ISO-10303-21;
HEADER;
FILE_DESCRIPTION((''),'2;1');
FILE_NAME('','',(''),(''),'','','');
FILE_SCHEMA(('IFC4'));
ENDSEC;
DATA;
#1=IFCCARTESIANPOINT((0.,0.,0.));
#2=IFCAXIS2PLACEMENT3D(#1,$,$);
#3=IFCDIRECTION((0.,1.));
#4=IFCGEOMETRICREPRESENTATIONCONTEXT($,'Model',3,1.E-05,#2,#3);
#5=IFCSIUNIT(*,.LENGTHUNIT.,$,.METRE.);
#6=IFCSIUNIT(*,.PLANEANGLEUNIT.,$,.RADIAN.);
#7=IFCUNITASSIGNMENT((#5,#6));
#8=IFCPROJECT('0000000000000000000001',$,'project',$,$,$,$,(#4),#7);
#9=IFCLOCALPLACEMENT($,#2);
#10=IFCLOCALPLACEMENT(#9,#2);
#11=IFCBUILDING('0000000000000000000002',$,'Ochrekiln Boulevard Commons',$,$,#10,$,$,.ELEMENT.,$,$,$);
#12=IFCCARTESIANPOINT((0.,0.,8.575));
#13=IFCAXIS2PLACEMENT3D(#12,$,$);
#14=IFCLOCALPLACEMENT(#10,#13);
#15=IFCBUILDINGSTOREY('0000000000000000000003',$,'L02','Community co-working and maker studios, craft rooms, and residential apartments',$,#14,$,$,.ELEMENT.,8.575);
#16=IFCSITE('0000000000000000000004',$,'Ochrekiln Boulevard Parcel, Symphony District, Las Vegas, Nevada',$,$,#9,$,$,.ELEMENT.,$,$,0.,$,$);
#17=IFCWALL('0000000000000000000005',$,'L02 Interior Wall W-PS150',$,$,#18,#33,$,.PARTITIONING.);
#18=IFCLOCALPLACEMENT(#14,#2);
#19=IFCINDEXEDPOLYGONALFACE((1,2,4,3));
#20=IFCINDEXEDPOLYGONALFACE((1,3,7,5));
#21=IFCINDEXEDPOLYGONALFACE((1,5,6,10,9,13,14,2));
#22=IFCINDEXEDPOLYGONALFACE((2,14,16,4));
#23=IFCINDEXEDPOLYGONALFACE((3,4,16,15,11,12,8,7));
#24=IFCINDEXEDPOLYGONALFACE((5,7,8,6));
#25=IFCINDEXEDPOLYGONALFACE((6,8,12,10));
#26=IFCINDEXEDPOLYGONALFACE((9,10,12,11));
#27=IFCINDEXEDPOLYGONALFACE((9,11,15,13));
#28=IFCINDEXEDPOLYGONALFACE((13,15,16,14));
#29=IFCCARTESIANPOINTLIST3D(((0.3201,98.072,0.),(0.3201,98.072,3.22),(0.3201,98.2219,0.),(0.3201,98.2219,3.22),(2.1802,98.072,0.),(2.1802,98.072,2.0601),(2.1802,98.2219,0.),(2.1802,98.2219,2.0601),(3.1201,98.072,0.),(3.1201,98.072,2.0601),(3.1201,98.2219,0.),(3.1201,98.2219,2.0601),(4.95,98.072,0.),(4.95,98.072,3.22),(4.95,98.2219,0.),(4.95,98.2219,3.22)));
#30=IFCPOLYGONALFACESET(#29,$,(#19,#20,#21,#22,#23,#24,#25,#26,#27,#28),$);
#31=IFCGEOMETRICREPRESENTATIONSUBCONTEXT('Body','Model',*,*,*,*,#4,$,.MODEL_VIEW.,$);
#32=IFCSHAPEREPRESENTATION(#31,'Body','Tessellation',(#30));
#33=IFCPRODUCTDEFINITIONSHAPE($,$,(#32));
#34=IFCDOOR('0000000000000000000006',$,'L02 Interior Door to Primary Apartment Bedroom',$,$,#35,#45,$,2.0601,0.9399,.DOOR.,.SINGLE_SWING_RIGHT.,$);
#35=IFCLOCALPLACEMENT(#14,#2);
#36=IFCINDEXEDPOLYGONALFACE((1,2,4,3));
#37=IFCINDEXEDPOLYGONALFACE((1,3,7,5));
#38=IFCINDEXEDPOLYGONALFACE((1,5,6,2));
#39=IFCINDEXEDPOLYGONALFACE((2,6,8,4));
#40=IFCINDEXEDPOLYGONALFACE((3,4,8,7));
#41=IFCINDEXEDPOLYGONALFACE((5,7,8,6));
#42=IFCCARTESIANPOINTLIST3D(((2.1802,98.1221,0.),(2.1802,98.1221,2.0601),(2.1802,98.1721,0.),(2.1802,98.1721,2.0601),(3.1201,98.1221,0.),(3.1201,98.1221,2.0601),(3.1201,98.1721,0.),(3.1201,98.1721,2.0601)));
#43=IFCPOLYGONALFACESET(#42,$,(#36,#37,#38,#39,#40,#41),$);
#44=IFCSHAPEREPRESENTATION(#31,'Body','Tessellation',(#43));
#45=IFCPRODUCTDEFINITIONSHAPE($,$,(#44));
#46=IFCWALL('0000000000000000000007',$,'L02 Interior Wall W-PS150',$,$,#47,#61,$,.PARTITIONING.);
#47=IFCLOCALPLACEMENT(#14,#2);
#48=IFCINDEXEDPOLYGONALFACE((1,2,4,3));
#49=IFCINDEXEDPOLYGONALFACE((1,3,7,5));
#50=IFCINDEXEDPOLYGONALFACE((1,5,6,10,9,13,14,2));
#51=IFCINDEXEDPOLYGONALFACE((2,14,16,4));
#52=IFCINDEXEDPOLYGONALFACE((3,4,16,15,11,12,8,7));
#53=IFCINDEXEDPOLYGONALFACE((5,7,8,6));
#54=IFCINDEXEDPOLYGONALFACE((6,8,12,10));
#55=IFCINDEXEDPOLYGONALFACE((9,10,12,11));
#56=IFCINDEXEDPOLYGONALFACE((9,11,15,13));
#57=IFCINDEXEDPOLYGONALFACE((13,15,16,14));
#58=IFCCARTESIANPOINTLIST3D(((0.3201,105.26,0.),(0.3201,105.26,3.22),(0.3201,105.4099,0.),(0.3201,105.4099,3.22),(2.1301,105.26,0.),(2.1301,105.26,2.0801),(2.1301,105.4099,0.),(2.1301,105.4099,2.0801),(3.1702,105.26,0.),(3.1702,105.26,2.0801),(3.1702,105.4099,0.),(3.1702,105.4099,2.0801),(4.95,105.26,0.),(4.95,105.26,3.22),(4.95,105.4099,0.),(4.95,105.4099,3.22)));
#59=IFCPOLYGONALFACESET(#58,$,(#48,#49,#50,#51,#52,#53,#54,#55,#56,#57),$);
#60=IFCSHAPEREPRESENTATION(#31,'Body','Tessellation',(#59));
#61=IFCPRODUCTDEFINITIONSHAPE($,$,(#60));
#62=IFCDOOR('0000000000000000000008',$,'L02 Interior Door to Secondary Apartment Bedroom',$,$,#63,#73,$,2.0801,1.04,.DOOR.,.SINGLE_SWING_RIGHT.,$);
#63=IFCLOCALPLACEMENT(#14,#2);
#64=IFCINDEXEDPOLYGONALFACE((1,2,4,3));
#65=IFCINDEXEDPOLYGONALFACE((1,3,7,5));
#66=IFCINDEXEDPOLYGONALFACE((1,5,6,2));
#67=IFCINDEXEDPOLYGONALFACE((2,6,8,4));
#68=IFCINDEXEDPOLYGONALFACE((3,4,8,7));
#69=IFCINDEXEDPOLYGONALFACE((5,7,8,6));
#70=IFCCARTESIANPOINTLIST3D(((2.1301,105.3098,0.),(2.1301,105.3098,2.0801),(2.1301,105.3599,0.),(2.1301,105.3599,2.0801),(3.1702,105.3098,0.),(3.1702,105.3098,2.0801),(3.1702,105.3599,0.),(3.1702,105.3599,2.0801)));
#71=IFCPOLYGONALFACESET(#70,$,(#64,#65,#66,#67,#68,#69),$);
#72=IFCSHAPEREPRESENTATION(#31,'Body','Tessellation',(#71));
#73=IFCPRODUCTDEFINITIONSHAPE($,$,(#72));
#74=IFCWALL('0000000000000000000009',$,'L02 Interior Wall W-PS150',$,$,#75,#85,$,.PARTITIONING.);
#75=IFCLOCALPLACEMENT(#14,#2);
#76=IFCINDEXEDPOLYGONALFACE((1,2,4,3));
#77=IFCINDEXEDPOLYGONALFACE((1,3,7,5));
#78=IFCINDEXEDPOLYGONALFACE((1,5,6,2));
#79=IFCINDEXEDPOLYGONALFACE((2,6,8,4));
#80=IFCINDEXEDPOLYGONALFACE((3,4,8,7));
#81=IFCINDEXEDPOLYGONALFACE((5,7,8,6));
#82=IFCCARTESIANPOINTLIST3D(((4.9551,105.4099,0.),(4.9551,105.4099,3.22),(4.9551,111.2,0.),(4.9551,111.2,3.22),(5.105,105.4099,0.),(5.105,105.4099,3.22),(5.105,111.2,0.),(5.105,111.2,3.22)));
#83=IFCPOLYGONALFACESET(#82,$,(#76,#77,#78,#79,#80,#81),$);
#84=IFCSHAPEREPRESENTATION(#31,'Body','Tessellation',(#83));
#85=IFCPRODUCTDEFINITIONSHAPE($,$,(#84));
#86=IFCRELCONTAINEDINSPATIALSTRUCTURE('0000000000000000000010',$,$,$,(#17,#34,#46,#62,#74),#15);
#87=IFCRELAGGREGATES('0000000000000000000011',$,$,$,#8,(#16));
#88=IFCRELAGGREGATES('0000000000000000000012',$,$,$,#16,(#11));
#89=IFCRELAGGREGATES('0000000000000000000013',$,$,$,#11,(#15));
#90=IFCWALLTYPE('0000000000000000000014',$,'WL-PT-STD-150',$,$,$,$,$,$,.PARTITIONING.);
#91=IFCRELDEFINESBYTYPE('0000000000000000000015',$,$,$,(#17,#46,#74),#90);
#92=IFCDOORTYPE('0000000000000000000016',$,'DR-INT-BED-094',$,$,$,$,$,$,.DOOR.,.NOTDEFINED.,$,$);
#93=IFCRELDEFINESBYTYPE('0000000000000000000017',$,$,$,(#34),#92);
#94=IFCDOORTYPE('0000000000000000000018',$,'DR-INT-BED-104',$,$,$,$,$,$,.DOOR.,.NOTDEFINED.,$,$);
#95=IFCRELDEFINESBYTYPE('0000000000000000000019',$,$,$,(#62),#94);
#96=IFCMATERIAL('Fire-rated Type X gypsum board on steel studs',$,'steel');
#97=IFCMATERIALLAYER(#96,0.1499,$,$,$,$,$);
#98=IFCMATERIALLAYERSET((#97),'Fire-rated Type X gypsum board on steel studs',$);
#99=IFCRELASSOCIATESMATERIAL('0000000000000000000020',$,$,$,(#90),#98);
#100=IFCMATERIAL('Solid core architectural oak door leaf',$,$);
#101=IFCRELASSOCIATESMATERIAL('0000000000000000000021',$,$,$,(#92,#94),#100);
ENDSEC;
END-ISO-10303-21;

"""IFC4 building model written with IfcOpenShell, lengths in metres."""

from ifc_helpers import new_model, si_unit, direction, frame, frame_2d, origin, place, context, subcontext, project, spatial, rectangle, extrude, material, layer, layer_set, type_object, element, fill, save


model = new_model("IFC4")

# Units and contexts
model_context = context("Model", 3, precision=1e-05, world=origin(), true_north=direction((0.0, 1.0)))
body_context = subcontext(model_context, "Body", "Model", "MODEL_VIEW")
ifc_project = project(units=[si_unit("LENGTHUNIT", "METRE"), si_unit("PLANEANGLEUNIT", "RADIAN")], contexts=[model_context])

# Site, building, storey
site_placement = place(None, origin())
site = spatial("IfcSite", under=ifc_project, at=site_placement, Name="Ochrekiln Boulevard Parcel, Symphony District, Las Vegas, Nevada", CompositionType="ELEMENT", RefElevation=0.0)
building_placement = place(site_placement, origin())
building = spatial("IfcBuilding", under=site, at=building_placement, Name="Ochrekiln Boulevard Commons", CompositionType="ELEMENT")
storey_placement = place(building_placement, frame((0.0, 0.0, 8.575)))
storey = spatial("IfcBuildingStorey", under=building, at=storey_placement, Name="L02", Description="Community co-working and maker studios, craft rooms, and residential apartments", CompositionType="ELEMENT", Elevation=8.575)

# Walls, openings, doors
ifc_material_1 = material(Name="Fire-rated Type X gypsum board on steel studs", Category="steel")
ifc_material_2 = material(Name="Solid core architectural oak door leaf")
ifc_layer_1 = layer(ifc_material_1, 0.1499)
ifc_layer_set_1 = layer_set([ifc_layer_1], Name="Fire-rated Type X gypsum board on steel studs")
wall_type_1 = type_object("IfcWallType", Name="WL-PT-STD-150", PredefinedType="PARTITIONING", material=ifc_layer_set_1)
wall_1_placement = place(storey_placement, frame((0.3201, 98.147, 0.0), z_axis=(0.0, 0.0, 1.0), x_axis=(1.0, 0.0, 0.0)))
wall_1 = element("IfcWall", 1, at=wall_1_placement, inside=storey, type_object=wall_type_1, Name="L02 Interior Wall W-PS150", PredefinedType="PARTITIONING", context=body_context, shape_type="SweptSolid", body=[
    extrude(rectangle(XDim=4.6299, YDim=0.1499, at=frame_2d((2.3149, 0.0))), origin(), (0.0, 0.0, 1.0), 3.22),
])
opening_1_placement = place(wall_1_placement, frame((1.8601, 0.0, 0.0)))
opening_1 = element("IfcOpeningElement", 2, at=opening_1_placement, cuts=wall_1, PredefinedType="OPENING", context=body_context, shape_type="SweptSolid", body=[
    extrude(rectangle(XDim=0.9399, YDim=2.0601, at=frame_2d((0.47, 1.03))), frame((0.0, 0.085, 0.0), z_axis=(0.0, -1.0, 0.0), x_axis=(1.0, 0.0, 0.0)), (0.0, 0.0, 1.0), 0.1699),
])
door_type_1 = type_object("IfcDoorType", Name="DR-INT-BED-094", OperationType="NOTDEFINED", PredefinedType="DOOR", material=ifc_material_2)
door_1_placement = place(opening_1_placement, frame((0.9399, 0.0, 0.0), z_axis=(0.0, 0.0, 1.0), x_axis=(-1.0, 0.0, 0.0)))
door_1 = element("IfcDoor", 3, at=door_1_placement, inside=storey, type_object=door_type_1, Name="L02 Interior Door to Primary Apartment Bedroom", OperationType="SINGLE_SWING_RIGHT", OverallHeight=2.0601, OverallWidth=0.9399, PredefinedType="DOOR", context=body_context, shape_type="SweptSolid", body=[
    extrude(rectangle(XDim=0.9399, YDim=2.0601, at=frame_2d((0.47, 1.03))), frame((0.0, 0.0249, 0.0), z_axis=(0.0, -1.0, 0.0), x_axis=(1.0, 0.0, 0.0)), (0.0, 0.0, 1.0), 0.05),
])
fill(opening_1, door_1)
wall_2_placement = place(storey_placement, frame((0.3201, 105.335, 0.0), z_axis=(0.0, 0.0, 1.0), x_axis=(1.0, 0.0, 0.0)))
wall_2 = element("IfcWall", 4, at=wall_2_placement, inside=storey, type_object=wall_type_1, Name="L02 Interior Wall W-PS150", PredefinedType="PARTITIONING", context=body_context, shape_type="SweptSolid", body=[
    extrude(rectangle(XDim=4.6299, YDim=0.1499, at=frame_2d((2.3149, 0.0))), origin(), (0.0, 0.0, 1.0), 3.22),
])
opening_2_placement = place(wall_2_placement, frame((1.8101, 0.0, 0.0)))
opening_2 = element("IfcOpeningElement", 5, at=opening_2_placement, cuts=wall_2, PredefinedType="OPENING", context=body_context, shape_type="SweptSolid", body=[
    extrude(rectangle(XDim=1.04, YDim=2.0801, at=frame_2d((0.52, 1.04))), frame((0.0, 0.085, 0.0), z_axis=(0.0, -1.0, 0.0), x_axis=(1.0, 0.0, 0.0)), (0.0, 0.0, 1.0), 0.1699),
])
door_type_2 = type_object("IfcDoorType", Name="DR-INT-BED-104", OperationType="NOTDEFINED", PredefinedType="DOOR", material=ifc_material_2)
door_2_placement = place(opening_2_placement, origin())
door_2 = element("IfcDoor", 6, at=door_2_placement, inside=storey, type_object=door_type_2, Name="L02 Interior Door to Secondary Apartment Bedroom", OperationType="SINGLE_SWING_RIGHT", OverallHeight=2.0801, OverallWidth=1.04, PredefinedType="DOOR", context=body_context, shape_type="SweptSolid", body=[
    extrude(rectangle(XDim=1.04, YDim=2.0801, at=frame_2d((0.52, 1.04))), frame((0.0, 0.0249, 0.0), z_axis=(0.0, -1.0, 0.0), x_axis=(1.0, 0.0, 0.0)), (0.0, 0.0, 1.0), 0.05),
])
fill(opening_2, door_2)

# Wall
wall_3_placement = place(storey_placement, frame((5.03, 105.4099, 0.0), z_axis=(0.0, 0.0, 1.0), x_axis=(0.0, 1.0, 0.0)))
element("IfcWall", 7, at=wall_3_placement, inside=storey, type_object=wall_type_1, Name="L02 Interior Wall W-PS150", PredefinedType="PARTITIONING", context=body_context, shape_type="SweptSolid", body=[
    extrude(rectangle(XDim=5.79, YDim=0.1499, at=frame_2d((2.895, 0.0))), origin(), (0.0, 0.0, 1.0), 3.22),
])

save(model, "model.ifc")
